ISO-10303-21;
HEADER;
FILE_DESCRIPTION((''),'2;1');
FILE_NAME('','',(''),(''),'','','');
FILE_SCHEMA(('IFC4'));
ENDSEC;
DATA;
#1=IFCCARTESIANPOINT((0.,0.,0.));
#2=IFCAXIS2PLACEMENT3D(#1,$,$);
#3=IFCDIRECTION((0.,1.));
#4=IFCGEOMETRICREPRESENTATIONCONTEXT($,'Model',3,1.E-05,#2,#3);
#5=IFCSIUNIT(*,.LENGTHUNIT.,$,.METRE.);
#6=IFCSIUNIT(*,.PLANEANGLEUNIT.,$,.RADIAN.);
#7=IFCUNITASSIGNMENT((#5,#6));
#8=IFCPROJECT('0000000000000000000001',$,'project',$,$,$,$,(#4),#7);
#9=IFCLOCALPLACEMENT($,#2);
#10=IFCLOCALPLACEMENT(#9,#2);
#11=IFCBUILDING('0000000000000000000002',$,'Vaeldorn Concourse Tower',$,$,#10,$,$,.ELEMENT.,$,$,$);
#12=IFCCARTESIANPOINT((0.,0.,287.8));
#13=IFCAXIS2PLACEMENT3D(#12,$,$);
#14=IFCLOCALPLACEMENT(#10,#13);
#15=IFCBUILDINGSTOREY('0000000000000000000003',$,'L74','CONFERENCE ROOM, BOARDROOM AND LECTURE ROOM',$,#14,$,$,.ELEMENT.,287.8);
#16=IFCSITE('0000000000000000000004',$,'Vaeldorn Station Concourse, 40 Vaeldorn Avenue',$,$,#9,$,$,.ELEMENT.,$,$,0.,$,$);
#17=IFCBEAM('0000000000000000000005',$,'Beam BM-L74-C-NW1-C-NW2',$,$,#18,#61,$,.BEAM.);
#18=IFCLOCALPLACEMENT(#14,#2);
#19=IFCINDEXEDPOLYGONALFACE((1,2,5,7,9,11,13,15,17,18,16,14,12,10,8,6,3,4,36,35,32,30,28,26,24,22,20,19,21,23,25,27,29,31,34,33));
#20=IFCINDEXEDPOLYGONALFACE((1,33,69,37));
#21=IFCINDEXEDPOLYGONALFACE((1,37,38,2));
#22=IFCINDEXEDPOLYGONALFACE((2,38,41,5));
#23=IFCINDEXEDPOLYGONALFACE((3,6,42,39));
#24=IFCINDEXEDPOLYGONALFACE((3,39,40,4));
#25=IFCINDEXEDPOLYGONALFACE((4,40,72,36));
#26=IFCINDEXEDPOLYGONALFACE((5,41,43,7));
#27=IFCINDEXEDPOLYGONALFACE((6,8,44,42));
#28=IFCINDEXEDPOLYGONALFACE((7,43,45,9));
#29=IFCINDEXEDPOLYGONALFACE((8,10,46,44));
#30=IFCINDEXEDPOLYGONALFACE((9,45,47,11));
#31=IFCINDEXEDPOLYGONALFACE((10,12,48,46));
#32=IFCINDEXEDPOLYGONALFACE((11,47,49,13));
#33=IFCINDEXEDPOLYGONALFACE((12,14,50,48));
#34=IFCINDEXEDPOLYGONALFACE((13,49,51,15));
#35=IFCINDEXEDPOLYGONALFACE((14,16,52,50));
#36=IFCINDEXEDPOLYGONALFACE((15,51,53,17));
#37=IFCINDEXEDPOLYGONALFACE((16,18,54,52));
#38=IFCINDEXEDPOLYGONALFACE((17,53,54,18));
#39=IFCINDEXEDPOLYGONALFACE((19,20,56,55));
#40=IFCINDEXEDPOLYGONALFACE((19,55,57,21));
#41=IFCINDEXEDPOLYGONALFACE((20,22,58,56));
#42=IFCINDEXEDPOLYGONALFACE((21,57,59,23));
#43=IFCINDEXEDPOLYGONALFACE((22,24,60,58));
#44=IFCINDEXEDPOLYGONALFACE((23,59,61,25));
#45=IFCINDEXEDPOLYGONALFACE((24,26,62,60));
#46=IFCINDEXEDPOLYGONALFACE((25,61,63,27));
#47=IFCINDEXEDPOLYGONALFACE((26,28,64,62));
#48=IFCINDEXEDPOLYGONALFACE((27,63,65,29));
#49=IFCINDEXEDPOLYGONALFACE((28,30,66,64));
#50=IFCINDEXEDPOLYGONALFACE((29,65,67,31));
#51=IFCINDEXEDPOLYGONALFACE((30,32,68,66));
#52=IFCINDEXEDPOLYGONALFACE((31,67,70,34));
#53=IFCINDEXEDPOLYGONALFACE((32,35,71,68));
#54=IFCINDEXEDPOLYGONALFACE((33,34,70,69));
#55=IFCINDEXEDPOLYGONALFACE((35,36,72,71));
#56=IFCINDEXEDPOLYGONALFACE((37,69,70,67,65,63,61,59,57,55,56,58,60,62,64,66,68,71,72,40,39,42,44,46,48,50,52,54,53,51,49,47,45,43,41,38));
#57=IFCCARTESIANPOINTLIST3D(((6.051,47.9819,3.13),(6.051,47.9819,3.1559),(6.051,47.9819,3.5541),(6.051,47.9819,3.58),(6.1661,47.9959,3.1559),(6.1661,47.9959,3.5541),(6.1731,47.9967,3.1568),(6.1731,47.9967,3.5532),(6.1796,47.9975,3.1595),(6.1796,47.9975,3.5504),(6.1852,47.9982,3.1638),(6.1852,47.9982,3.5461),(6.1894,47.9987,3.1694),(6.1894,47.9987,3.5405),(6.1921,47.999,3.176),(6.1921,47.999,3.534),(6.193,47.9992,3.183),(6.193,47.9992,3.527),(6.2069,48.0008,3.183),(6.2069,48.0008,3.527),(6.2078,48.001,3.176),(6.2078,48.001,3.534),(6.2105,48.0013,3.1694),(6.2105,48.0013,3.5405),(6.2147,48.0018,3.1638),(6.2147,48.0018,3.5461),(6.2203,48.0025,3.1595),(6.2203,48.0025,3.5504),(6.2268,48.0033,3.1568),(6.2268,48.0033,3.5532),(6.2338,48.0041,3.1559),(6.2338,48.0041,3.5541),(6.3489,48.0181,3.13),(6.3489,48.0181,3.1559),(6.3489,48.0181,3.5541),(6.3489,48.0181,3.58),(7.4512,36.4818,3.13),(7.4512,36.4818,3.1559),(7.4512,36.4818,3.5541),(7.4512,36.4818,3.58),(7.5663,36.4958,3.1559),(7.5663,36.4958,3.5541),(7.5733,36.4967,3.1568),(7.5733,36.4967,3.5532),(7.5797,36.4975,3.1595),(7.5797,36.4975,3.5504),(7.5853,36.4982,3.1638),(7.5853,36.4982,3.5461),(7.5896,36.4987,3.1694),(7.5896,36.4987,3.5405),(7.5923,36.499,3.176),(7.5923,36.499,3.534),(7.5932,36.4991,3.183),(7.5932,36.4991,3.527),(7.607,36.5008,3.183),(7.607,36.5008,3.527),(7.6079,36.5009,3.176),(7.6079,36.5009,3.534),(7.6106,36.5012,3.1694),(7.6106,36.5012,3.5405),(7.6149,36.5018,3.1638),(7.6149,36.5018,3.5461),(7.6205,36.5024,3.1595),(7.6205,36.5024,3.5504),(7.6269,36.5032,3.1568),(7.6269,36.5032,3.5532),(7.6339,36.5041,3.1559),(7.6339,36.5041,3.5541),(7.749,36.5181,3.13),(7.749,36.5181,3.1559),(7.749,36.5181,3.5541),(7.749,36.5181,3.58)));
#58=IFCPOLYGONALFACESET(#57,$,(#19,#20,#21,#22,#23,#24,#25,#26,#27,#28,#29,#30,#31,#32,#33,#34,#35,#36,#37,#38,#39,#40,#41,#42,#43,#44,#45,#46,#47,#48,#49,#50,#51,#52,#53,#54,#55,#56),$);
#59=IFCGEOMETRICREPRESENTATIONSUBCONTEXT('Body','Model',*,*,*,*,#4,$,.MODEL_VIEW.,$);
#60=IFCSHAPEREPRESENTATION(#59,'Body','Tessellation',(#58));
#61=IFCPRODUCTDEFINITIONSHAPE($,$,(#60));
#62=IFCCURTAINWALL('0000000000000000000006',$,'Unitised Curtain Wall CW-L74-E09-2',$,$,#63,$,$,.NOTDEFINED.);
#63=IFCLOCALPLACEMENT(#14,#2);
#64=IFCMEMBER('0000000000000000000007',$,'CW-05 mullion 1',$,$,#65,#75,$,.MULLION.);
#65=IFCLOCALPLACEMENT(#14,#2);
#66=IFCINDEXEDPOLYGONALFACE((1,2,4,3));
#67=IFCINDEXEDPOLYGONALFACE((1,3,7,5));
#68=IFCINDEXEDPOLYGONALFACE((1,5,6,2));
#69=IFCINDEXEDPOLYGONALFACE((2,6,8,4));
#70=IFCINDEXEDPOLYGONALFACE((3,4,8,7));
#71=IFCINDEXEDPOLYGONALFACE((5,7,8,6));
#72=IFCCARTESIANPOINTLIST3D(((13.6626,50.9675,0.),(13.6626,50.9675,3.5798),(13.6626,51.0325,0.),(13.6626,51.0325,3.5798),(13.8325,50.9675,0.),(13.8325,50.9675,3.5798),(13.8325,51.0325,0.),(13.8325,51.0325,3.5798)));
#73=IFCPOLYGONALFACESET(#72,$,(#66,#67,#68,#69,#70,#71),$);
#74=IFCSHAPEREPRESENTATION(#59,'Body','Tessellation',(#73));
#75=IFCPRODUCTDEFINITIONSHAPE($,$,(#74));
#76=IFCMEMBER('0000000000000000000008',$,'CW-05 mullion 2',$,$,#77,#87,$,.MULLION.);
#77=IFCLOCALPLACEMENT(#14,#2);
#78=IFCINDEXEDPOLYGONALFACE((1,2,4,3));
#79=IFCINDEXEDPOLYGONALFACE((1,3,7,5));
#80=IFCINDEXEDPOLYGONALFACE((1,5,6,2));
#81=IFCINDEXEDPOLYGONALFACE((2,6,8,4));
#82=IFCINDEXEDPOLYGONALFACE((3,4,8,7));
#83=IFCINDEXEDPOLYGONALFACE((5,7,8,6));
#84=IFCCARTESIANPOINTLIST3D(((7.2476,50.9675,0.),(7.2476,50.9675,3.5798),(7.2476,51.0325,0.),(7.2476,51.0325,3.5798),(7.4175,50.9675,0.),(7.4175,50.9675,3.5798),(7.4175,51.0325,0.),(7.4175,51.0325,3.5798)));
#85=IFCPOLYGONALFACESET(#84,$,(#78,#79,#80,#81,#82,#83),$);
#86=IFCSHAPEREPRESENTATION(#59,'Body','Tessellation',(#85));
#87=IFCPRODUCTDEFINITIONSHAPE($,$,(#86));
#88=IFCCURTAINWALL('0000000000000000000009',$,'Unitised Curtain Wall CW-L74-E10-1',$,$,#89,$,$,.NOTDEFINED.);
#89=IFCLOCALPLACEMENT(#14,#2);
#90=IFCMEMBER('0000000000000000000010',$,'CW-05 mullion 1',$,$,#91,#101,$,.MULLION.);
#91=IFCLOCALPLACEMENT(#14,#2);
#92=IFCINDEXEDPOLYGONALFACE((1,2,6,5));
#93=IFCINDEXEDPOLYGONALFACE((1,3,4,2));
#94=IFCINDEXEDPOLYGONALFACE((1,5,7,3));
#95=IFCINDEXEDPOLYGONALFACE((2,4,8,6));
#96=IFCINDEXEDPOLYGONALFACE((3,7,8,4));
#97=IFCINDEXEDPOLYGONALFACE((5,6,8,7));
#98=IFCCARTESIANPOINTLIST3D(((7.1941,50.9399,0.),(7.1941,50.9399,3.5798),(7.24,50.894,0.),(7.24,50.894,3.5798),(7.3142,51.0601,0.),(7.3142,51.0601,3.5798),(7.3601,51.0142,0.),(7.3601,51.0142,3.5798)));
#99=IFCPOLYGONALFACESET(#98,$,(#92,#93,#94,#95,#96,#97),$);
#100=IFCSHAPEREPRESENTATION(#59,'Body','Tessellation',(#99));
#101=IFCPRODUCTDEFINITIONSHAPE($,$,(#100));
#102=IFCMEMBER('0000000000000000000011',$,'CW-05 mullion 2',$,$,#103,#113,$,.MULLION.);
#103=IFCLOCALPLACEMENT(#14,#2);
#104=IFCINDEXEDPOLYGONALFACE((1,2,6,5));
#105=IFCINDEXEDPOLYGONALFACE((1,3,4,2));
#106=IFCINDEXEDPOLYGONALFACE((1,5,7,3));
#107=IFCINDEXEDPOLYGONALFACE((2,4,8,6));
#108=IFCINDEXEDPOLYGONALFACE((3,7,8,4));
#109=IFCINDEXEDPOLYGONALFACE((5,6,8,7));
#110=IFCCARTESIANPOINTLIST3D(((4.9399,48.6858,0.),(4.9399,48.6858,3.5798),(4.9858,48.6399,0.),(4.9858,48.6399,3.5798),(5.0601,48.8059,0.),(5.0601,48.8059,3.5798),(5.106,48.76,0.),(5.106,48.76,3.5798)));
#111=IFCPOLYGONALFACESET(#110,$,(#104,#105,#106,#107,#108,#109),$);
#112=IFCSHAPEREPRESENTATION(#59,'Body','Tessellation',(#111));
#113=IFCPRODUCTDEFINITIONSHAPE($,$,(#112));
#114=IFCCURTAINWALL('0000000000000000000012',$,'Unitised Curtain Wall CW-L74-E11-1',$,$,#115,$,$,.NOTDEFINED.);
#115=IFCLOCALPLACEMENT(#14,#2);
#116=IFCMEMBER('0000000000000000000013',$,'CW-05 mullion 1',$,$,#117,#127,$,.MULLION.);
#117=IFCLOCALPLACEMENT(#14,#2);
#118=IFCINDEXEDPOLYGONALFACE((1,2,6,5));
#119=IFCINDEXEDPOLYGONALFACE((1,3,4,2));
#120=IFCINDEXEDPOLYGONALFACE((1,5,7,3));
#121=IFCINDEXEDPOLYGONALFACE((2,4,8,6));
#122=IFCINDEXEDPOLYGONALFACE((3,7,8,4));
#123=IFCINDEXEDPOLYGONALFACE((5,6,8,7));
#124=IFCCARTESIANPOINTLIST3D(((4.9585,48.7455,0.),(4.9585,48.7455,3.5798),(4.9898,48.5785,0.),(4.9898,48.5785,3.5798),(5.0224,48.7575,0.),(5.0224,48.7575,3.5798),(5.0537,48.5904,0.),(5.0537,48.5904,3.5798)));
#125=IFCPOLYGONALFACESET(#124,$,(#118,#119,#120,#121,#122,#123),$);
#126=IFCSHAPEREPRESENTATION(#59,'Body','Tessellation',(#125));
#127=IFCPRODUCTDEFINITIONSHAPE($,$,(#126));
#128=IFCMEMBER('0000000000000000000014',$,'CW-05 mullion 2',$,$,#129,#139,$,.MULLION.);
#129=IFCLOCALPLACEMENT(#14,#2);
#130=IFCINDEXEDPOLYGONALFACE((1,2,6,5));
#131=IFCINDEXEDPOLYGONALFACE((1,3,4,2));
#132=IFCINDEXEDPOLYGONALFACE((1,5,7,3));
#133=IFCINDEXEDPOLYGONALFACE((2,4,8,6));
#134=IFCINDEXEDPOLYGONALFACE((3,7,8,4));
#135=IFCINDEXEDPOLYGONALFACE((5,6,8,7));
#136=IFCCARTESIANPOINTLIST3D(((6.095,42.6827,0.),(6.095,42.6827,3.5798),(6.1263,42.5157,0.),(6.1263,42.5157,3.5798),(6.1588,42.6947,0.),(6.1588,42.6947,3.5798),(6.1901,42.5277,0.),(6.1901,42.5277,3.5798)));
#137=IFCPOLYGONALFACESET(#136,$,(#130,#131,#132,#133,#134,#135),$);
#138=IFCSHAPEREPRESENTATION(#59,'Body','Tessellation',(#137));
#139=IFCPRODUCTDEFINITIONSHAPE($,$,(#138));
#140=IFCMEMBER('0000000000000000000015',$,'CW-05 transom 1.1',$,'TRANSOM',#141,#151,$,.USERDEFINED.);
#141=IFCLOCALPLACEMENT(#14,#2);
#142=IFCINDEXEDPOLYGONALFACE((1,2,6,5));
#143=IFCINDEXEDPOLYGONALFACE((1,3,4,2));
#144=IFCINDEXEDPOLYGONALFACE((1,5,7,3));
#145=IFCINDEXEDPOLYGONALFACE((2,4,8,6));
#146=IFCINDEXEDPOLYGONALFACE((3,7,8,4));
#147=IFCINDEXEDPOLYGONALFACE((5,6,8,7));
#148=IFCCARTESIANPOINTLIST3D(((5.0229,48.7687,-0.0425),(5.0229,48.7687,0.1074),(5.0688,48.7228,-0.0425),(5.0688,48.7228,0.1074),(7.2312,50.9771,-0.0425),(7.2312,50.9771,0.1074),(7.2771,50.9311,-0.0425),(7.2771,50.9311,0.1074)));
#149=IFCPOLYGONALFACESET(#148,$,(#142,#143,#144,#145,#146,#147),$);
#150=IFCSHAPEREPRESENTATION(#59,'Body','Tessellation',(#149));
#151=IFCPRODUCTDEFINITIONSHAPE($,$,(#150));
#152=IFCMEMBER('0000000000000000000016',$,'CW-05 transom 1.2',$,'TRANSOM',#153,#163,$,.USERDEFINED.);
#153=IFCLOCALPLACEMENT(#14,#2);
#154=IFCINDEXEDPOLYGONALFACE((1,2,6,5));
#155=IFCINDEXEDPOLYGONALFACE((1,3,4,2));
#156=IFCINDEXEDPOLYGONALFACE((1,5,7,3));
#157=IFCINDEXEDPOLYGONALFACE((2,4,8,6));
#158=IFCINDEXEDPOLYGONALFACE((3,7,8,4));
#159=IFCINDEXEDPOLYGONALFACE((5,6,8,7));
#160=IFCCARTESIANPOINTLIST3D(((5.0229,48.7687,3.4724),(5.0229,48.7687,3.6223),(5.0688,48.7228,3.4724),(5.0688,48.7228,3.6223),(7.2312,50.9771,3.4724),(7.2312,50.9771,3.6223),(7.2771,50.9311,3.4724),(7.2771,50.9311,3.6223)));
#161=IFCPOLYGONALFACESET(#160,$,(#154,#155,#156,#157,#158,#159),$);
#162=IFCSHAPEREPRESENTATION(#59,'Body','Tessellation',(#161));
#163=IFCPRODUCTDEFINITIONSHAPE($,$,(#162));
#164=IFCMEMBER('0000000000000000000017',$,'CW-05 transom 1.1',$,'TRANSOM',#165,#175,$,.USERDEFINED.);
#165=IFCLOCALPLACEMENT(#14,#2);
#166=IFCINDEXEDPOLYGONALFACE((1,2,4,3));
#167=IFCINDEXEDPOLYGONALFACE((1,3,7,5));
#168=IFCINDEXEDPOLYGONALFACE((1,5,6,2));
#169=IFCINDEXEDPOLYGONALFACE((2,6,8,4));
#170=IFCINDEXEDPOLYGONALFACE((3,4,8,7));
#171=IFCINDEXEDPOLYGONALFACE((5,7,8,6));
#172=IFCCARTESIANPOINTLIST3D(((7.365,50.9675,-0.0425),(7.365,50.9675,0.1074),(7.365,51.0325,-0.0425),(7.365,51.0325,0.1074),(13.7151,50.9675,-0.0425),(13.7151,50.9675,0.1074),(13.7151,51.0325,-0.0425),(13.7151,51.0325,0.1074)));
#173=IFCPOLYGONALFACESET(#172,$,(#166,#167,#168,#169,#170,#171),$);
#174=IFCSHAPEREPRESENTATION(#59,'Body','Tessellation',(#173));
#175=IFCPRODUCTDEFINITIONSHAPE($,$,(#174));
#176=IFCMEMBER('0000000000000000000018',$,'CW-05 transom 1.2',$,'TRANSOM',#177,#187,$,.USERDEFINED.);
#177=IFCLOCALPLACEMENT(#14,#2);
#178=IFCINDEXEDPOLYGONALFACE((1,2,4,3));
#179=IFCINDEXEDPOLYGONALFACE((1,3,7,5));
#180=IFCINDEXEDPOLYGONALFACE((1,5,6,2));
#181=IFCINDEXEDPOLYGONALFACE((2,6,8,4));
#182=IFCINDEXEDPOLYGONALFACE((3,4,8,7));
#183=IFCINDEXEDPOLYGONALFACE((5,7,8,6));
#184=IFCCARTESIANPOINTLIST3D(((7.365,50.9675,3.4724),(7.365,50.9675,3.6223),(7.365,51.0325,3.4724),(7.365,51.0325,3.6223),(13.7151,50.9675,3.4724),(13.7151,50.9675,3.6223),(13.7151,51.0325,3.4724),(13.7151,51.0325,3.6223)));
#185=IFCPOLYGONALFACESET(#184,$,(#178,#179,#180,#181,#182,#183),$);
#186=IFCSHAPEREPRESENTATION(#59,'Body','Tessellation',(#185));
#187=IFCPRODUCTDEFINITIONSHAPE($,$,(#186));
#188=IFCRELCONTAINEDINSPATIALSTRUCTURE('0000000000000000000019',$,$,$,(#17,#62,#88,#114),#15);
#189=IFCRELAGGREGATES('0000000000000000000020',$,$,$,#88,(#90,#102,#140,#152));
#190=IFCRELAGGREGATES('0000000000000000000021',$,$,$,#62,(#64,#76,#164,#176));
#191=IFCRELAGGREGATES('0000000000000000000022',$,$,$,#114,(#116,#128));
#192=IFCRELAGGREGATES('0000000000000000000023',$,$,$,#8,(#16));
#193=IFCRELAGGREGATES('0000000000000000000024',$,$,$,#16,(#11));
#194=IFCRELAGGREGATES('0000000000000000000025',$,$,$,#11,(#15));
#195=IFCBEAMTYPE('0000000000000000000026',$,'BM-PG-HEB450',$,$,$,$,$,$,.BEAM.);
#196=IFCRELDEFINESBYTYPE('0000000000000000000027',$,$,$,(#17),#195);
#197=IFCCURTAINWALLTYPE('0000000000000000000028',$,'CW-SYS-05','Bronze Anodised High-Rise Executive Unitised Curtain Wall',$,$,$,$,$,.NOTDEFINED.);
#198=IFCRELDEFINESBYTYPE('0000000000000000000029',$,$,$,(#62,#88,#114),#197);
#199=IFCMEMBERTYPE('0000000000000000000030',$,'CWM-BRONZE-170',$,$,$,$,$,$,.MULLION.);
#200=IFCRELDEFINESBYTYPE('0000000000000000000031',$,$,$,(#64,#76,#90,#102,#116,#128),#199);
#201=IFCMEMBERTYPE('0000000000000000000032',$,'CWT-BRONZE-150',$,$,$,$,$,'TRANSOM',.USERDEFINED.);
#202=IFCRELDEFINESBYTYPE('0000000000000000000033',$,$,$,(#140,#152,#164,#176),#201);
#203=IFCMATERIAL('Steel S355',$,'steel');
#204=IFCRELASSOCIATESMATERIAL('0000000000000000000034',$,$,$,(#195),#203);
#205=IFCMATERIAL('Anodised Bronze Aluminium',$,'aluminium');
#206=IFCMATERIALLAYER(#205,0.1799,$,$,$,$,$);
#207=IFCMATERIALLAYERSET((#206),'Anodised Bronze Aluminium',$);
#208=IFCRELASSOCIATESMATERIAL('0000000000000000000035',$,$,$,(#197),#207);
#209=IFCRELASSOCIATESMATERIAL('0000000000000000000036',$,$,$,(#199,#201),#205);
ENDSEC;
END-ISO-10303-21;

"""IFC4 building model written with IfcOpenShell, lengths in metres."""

from ifc_helpers import new_model, si_unit, direction, frame, origin, origin_2d, place, context, subcontext, project, spatial, rectangle, i_section, extrude, source, transform, mapped, material, layer, layer_set, material_profile, profile_set, type_object, element, aggregate, save


model = new_model("IFC4")

# Units and contexts
model_context = context("Model", 3, precision=1e-05, world=origin(), true_north=direction((0.0, 1.0)))
body_context = subcontext(model_context, "Body", "Model", "MODEL_VIEW")
ifc_project = project(units=[si_unit("LENGTHUNIT", "METRE"), si_unit("PLANEANGLEUNIT", "RADIAN")], contexts=[model_context])

# Site, building, storey
site_placement = place(None, origin())
site = spatial("IfcSite", under=ifc_project, at=site_placement, Name="Vaeldorn Station Concourse, 40 Vaeldorn Avenue", CompositionType="ELEMENT", RefElevation=0.0)
building_placement = place(site_placement, origin())
building = spatial("IfcBuilding", under=site, at=building_placement, Name="Vaeldorn Concourse Tower", CompositionType="ELEMENT")
storey_placement = place(building_placement, frame((0.0, 0.0, 287.8)))
storey = spatial("IfcBuildingStorey", under=building, at=storey_placement, Name="L74", Description="CONFERENCE ROOM, BOARDROOM AND LECTURE ROOM", CompositionType="ELEMENT", Elevation=287.8)

# Shared definitions
ifc_material_1 = material(Name="Steel S355", Category="steel")

# Beam
ifc_material_profile_1 = material_profile(ifc_material_1, i_section(OverallWidth=0.3, OverallDepth=0.45, WebThickness=0.0139, FlangeThickness=0.0259, FilletRadius=0.0271, at=origin_2d()), Name="HEB 450")
ifc_profile_set_1 = profile_set([ifc_material_profile_1], Name="Steel S355")
beam_type_1 = type_object("IfcBeamType", Name="BM-PG-HEB450", PredefinedType="BEAM", material=ifc_profile_set_1)
shared_shape_1 = source(origin(), body_context, "Body", "SweptSolid", [
    extrude(i_section(OverallWidth=0.3, OverallDepth=0.45, WebThickness=0.0139, FlangeThickness=0.0259, FilletRadius=0.0271, at=origin_2d()), origin(), (0.0, 0.0, 1.0), 11.585),
])
beam_1_placement = place(storey_placement, frame((6.2, 48.0, 3.355), z_axis=(0.120859, -0.99267, 0.0), x_axis=(0.99267, 0.120859, 0.0)))
element("IfcBeam", 1, at=beam_1_placement, inside=storey, type_object=beam_type_1, Name="Beam BM-L74-C-NW1-C-NW2", PredefinedType="BEAM", context=body_context, shape_type="MappedRepresentation", body=[
    mapped(shared_shape_1, transform((0.0, 0.0, 0.0), scale=1.0)),
])

# Curtain walls, members
ifc_material_2 = material(Name="Anodised Bronze Aluminium", Category="aluminium")
ifc_layer_1 = layer(ifc_material_2, 0.1799)
ifc_layer_set_1 = layer_set([ifc_layer_1], Name="Anodised Bronze Aluminium")
curtain_wall_type = type_object("IfcCurtainWallType", Name="CW-SYS-05", Description="Bronze Anodised High-Rise Executive Unitised Curtain Wall", PredefinedType="NOTDEFINED", material=ifc_layer_set_1)
curtain_wall_1_placement = place(storey_placement, origin())
curtain_wall_1 = element("IfcCurtainWall", 2, at=curtain_wall_1_placement, inside=storey, type_object=curtain_wall_type, Name="Unitised Curtain Wall CW-L74-E09-2", PredefinedType="NOTDEFINED")
ifc_material_profile_2 = material_profile(ifc_material_2, rectangle(XDim=0.0649, YDim=0.1699, at=origin_2d()), Name="CWM 65x170")
ifc_profile_set_2 = profile_set([ifc_material_profile_2], Name="Anodised Bronze Aluminium")
member_type_1 = type_object("IfcMemberType", Name="CWM-BRONZE-170", PredefinedType="MULLION", material=ifc_profile_set_2)
shared_shape_2 = source(origin(), body_context, "Body", "SweptSolid", [
    extrude(rectangle(XDim=0.0649, YDim=0.1699, at=origin_2d()), origin(), (0.0, 0.0, 1.0), 3.5798),
])
member_1_placement = place(storey_placement, frame((13.7476, 51.0, 0.0), z_axis=(0.0, 0.0, 1.0), x_axis=(0.0, -1.0, 0.0)))
member_1 = element("IfcMember", 3, at=member_1_placement, type_object=member_type_1, Name="CW-05 mullion 1", PredefinedType="MULLION", context=body_context, shape_type="MappedRepresentation", body=[
    mapped(shared_shape_2, transform((0.0, 0.0, 0.0), scale=1.0)),
])
member_2_placement = place(storey_placement, frame((7.3325, 51.0, 0.0), z_axis=(0.0, 0.0, 1.0), x_axis=(0.0, -1.0, 0.0)))
member_2 = element("IfcMember", 4, at=member_2_placement, type_object=member_type_1, Name="CW-05 mullion 2", PredefinedType="MULLION", context=body_context, shape_type="MappedRepresentation", body=[
    mapped(shared_shape_2, transform((0.0, 0.0, 0.0), scale=1.0)),
])
curtain_wall_2_placement = place(storey_placement, origin())
curtain_wall_2 = element("IfcCurtainWall", 5, at=curtain_wall_2_placement, inside=storey, type_object=curtain_wall_type, Name="Unitised Curtain Wall CW-L74-E10-1", PredefinedType="NOTDEFINED")
member_3_placement = place(storey_placement, frame((7.2771, 50.9771, 0.0), z_axis=(0.0, 0.0, 1.0), x_axis=(0.707107, -0.707107, 0.0)))
member_3 = element("IfcMember", 6, at=member_3_placement, type_object=member_type_1, Name="CW-05 mullion 1", PredefinedType="MULLION", context=body_context, shape_type="MappedRepresentation", body=[
    mapped(shared_shape_2, transform((0.0, 0.0, 0.0), scale=1.0)),
])
member_4_placement = place(storey_placement, frame((5.0229, 48.7229, 0.0), z_axis=(0.0, 0.0, 1.0), x_axis=(0.707107, -0.707107, 0.0)))
member_4 = element("IfcMember", 7, at=member_4_placement, type_object=member_type_1, Name="CW-05 mullion 2", PredefinedType="MULLION", context=body_context, shape_type="MappedRepresentation", body=[
    mapped(shared_shape_2, transform((0.0, 0.0, 0.0), scale=1.0)),
])
curtain_wall_3_placement = place(storey_placement, origin())
curtain_wall_3 = element("IfcCurtainWall", 8, at=curtain_wall_3_placement, inside=storey, type_object=curtain_wall_type, Name="Unitised Curtain Wall CW-L74-E11-1", PredefinedType="NOTDEFINED")
member_5_placement = place(storey_placement, frame((5.0061, 48.668, 0.0), z_axis=(0.0, 0.0, 1.0), x_axis=(0.98288, 0.184246, 0.0)))
member_5 = element("IfcMember", 9, at=member_5_placement, type_object=member_type_1, Name="CW-05 mullion 1", PredefinedType="MULLION", context=body_context, shape_type="MappedRepresentation", body=[
    mapped(shared_shape_2, transform((0.0, 0.0, 0.0), scale=1.0)),
])
member_6_placement = place(storey_placement, frame((6.1426, 42.6052, 0.0), z_axis=(0.0, 0.0, 1.0), x_axis=(0.98288, 0.184246, 0.0)))
member_6 = element("IfcMember", 10, at=member_6_placement, type_object=member_type_1, Name="CW-05 mullion 2", PredefinedType="MULLION", context=body_context, shape_type="MappedRepresentation", body=[
    mapped(shared_shape_2, transform((0.0, 0.0, 0.0), scale=1.0)),
])

# Members
ifc_material_profile_3 = material_profile(ifc_material_2, rectangle(XDim=0.0649, YDim=0.1499, at=origin_2d()), Name="CWT 65x150")
ifc_profile_set_3 = profile_set([ifc_material_profile_3], Name="Anodised Bronze Aluminium")
member_type_2 = type_object("IfcMemberType", Name="CWT-BRONZE-150", ElementType="TRANSOM", PredefinedType="USERDEFINED", material=ifc_profile_set_3)
shared_shape_3 = source(origin(), body_context, "Body", "SweptSolid", [
    extrude(rectangle(XDim=0.0649, YDim=0.1499, at=origin_2d()), origin(), (0.0, 0.0, 1.0), 3.123),
])
member_7_placement = place(storey_placement, frame((7.2542, 50.9541, 0.0325), z_axis=(-0.707107, -0.707107, 0.0), x_axis=(0.707107, -0.707107, 0.0)))
member_7 = element("IfcMember", 11, at=member_7_placement, type_object=member_type_2, Name="CW-05 transom 1.1", ObjectType="TRANSOM", PredefinedType="USERDEFINED", context=body_context, shape_type="MappedRepresentation", body=[
    mapped(shared_shape_3, transform((0.0, 0.0, 0.0), scale=1.0)),
])
member_8_placement = place(storey_placement, frame((7.2542, 50.9541, 3.5474), z_axis=(-0.707107, -0.707107, 0.0), x_axis=(0.707107, -0.707107, 0.0)))
member_8 = element("IfcMember", 12, at=member_8_placement, type_object=member_type_2, Name="CW-05 transom 1.2", ObjectType="TRANSOM", PredefinedType="USERDEFINED", context=body_context, shape_type="MappedRepresentation", body=[
    mapped(shared_shape_3, transform((0.0, 0.0, 0.0), scale=1.0)),
])
shared_shape_4 = source(origin(), body_context, "Body", "SweptSolid", [
    extrude(rectangle(XDim=0.0649, YDim=0.1499, at=origin_2d()), origin(), (0.0, 0.0, 1.0), 6.3501),
])
member_9_placement = place(storey_placement, frame((13.7151, 51.0, 0.0325), z_axis=(-1.0, 0.0, 0.0), x_axis=(0.0, -1.0, 0.0)))
member_9 = element("IfcMember", 13, at=member_9_placement, type_object=member_type_2, Name="CW-05 transom 1.1", ObjectType="TRANSOM", PredefinedType="USERDEFINED", context=body_context, shape_type="MappedRepresentation", body=[
    mapped(shared_shape_4, transform((0.0, 0.0, 0.0), scale=1.0)),
])
member_10_placement = place(storey_placement, frame((13.7151, 51.0, 3.5474), z_axis=(-1.0, 0.0, 0.0), x_axis=(0.0, -1.0, 0.0)))
member_10 = element("IfcMember", 14, at=member_10_placement, type_object=member_type_2, Name="CW-05 transom 1.2", ObjectType="TRANSOM", PredefinedType="USERDEFINED", context=body_context, shape_type="MappedRepresentation", body=[
    mapped(shared_shape_4, transform((0.0, 0.0, 0.0), scale=1.0)),
])

aggregate(curtain_wall_2, [member_3, member_4, member_7, member_8])
aggregate(curtain_wall_1, [member_1, member_2, member_9, member_10])
aggregate(curtain_wall_3, [member_5, member_6])

save(model, "model.ifc")
